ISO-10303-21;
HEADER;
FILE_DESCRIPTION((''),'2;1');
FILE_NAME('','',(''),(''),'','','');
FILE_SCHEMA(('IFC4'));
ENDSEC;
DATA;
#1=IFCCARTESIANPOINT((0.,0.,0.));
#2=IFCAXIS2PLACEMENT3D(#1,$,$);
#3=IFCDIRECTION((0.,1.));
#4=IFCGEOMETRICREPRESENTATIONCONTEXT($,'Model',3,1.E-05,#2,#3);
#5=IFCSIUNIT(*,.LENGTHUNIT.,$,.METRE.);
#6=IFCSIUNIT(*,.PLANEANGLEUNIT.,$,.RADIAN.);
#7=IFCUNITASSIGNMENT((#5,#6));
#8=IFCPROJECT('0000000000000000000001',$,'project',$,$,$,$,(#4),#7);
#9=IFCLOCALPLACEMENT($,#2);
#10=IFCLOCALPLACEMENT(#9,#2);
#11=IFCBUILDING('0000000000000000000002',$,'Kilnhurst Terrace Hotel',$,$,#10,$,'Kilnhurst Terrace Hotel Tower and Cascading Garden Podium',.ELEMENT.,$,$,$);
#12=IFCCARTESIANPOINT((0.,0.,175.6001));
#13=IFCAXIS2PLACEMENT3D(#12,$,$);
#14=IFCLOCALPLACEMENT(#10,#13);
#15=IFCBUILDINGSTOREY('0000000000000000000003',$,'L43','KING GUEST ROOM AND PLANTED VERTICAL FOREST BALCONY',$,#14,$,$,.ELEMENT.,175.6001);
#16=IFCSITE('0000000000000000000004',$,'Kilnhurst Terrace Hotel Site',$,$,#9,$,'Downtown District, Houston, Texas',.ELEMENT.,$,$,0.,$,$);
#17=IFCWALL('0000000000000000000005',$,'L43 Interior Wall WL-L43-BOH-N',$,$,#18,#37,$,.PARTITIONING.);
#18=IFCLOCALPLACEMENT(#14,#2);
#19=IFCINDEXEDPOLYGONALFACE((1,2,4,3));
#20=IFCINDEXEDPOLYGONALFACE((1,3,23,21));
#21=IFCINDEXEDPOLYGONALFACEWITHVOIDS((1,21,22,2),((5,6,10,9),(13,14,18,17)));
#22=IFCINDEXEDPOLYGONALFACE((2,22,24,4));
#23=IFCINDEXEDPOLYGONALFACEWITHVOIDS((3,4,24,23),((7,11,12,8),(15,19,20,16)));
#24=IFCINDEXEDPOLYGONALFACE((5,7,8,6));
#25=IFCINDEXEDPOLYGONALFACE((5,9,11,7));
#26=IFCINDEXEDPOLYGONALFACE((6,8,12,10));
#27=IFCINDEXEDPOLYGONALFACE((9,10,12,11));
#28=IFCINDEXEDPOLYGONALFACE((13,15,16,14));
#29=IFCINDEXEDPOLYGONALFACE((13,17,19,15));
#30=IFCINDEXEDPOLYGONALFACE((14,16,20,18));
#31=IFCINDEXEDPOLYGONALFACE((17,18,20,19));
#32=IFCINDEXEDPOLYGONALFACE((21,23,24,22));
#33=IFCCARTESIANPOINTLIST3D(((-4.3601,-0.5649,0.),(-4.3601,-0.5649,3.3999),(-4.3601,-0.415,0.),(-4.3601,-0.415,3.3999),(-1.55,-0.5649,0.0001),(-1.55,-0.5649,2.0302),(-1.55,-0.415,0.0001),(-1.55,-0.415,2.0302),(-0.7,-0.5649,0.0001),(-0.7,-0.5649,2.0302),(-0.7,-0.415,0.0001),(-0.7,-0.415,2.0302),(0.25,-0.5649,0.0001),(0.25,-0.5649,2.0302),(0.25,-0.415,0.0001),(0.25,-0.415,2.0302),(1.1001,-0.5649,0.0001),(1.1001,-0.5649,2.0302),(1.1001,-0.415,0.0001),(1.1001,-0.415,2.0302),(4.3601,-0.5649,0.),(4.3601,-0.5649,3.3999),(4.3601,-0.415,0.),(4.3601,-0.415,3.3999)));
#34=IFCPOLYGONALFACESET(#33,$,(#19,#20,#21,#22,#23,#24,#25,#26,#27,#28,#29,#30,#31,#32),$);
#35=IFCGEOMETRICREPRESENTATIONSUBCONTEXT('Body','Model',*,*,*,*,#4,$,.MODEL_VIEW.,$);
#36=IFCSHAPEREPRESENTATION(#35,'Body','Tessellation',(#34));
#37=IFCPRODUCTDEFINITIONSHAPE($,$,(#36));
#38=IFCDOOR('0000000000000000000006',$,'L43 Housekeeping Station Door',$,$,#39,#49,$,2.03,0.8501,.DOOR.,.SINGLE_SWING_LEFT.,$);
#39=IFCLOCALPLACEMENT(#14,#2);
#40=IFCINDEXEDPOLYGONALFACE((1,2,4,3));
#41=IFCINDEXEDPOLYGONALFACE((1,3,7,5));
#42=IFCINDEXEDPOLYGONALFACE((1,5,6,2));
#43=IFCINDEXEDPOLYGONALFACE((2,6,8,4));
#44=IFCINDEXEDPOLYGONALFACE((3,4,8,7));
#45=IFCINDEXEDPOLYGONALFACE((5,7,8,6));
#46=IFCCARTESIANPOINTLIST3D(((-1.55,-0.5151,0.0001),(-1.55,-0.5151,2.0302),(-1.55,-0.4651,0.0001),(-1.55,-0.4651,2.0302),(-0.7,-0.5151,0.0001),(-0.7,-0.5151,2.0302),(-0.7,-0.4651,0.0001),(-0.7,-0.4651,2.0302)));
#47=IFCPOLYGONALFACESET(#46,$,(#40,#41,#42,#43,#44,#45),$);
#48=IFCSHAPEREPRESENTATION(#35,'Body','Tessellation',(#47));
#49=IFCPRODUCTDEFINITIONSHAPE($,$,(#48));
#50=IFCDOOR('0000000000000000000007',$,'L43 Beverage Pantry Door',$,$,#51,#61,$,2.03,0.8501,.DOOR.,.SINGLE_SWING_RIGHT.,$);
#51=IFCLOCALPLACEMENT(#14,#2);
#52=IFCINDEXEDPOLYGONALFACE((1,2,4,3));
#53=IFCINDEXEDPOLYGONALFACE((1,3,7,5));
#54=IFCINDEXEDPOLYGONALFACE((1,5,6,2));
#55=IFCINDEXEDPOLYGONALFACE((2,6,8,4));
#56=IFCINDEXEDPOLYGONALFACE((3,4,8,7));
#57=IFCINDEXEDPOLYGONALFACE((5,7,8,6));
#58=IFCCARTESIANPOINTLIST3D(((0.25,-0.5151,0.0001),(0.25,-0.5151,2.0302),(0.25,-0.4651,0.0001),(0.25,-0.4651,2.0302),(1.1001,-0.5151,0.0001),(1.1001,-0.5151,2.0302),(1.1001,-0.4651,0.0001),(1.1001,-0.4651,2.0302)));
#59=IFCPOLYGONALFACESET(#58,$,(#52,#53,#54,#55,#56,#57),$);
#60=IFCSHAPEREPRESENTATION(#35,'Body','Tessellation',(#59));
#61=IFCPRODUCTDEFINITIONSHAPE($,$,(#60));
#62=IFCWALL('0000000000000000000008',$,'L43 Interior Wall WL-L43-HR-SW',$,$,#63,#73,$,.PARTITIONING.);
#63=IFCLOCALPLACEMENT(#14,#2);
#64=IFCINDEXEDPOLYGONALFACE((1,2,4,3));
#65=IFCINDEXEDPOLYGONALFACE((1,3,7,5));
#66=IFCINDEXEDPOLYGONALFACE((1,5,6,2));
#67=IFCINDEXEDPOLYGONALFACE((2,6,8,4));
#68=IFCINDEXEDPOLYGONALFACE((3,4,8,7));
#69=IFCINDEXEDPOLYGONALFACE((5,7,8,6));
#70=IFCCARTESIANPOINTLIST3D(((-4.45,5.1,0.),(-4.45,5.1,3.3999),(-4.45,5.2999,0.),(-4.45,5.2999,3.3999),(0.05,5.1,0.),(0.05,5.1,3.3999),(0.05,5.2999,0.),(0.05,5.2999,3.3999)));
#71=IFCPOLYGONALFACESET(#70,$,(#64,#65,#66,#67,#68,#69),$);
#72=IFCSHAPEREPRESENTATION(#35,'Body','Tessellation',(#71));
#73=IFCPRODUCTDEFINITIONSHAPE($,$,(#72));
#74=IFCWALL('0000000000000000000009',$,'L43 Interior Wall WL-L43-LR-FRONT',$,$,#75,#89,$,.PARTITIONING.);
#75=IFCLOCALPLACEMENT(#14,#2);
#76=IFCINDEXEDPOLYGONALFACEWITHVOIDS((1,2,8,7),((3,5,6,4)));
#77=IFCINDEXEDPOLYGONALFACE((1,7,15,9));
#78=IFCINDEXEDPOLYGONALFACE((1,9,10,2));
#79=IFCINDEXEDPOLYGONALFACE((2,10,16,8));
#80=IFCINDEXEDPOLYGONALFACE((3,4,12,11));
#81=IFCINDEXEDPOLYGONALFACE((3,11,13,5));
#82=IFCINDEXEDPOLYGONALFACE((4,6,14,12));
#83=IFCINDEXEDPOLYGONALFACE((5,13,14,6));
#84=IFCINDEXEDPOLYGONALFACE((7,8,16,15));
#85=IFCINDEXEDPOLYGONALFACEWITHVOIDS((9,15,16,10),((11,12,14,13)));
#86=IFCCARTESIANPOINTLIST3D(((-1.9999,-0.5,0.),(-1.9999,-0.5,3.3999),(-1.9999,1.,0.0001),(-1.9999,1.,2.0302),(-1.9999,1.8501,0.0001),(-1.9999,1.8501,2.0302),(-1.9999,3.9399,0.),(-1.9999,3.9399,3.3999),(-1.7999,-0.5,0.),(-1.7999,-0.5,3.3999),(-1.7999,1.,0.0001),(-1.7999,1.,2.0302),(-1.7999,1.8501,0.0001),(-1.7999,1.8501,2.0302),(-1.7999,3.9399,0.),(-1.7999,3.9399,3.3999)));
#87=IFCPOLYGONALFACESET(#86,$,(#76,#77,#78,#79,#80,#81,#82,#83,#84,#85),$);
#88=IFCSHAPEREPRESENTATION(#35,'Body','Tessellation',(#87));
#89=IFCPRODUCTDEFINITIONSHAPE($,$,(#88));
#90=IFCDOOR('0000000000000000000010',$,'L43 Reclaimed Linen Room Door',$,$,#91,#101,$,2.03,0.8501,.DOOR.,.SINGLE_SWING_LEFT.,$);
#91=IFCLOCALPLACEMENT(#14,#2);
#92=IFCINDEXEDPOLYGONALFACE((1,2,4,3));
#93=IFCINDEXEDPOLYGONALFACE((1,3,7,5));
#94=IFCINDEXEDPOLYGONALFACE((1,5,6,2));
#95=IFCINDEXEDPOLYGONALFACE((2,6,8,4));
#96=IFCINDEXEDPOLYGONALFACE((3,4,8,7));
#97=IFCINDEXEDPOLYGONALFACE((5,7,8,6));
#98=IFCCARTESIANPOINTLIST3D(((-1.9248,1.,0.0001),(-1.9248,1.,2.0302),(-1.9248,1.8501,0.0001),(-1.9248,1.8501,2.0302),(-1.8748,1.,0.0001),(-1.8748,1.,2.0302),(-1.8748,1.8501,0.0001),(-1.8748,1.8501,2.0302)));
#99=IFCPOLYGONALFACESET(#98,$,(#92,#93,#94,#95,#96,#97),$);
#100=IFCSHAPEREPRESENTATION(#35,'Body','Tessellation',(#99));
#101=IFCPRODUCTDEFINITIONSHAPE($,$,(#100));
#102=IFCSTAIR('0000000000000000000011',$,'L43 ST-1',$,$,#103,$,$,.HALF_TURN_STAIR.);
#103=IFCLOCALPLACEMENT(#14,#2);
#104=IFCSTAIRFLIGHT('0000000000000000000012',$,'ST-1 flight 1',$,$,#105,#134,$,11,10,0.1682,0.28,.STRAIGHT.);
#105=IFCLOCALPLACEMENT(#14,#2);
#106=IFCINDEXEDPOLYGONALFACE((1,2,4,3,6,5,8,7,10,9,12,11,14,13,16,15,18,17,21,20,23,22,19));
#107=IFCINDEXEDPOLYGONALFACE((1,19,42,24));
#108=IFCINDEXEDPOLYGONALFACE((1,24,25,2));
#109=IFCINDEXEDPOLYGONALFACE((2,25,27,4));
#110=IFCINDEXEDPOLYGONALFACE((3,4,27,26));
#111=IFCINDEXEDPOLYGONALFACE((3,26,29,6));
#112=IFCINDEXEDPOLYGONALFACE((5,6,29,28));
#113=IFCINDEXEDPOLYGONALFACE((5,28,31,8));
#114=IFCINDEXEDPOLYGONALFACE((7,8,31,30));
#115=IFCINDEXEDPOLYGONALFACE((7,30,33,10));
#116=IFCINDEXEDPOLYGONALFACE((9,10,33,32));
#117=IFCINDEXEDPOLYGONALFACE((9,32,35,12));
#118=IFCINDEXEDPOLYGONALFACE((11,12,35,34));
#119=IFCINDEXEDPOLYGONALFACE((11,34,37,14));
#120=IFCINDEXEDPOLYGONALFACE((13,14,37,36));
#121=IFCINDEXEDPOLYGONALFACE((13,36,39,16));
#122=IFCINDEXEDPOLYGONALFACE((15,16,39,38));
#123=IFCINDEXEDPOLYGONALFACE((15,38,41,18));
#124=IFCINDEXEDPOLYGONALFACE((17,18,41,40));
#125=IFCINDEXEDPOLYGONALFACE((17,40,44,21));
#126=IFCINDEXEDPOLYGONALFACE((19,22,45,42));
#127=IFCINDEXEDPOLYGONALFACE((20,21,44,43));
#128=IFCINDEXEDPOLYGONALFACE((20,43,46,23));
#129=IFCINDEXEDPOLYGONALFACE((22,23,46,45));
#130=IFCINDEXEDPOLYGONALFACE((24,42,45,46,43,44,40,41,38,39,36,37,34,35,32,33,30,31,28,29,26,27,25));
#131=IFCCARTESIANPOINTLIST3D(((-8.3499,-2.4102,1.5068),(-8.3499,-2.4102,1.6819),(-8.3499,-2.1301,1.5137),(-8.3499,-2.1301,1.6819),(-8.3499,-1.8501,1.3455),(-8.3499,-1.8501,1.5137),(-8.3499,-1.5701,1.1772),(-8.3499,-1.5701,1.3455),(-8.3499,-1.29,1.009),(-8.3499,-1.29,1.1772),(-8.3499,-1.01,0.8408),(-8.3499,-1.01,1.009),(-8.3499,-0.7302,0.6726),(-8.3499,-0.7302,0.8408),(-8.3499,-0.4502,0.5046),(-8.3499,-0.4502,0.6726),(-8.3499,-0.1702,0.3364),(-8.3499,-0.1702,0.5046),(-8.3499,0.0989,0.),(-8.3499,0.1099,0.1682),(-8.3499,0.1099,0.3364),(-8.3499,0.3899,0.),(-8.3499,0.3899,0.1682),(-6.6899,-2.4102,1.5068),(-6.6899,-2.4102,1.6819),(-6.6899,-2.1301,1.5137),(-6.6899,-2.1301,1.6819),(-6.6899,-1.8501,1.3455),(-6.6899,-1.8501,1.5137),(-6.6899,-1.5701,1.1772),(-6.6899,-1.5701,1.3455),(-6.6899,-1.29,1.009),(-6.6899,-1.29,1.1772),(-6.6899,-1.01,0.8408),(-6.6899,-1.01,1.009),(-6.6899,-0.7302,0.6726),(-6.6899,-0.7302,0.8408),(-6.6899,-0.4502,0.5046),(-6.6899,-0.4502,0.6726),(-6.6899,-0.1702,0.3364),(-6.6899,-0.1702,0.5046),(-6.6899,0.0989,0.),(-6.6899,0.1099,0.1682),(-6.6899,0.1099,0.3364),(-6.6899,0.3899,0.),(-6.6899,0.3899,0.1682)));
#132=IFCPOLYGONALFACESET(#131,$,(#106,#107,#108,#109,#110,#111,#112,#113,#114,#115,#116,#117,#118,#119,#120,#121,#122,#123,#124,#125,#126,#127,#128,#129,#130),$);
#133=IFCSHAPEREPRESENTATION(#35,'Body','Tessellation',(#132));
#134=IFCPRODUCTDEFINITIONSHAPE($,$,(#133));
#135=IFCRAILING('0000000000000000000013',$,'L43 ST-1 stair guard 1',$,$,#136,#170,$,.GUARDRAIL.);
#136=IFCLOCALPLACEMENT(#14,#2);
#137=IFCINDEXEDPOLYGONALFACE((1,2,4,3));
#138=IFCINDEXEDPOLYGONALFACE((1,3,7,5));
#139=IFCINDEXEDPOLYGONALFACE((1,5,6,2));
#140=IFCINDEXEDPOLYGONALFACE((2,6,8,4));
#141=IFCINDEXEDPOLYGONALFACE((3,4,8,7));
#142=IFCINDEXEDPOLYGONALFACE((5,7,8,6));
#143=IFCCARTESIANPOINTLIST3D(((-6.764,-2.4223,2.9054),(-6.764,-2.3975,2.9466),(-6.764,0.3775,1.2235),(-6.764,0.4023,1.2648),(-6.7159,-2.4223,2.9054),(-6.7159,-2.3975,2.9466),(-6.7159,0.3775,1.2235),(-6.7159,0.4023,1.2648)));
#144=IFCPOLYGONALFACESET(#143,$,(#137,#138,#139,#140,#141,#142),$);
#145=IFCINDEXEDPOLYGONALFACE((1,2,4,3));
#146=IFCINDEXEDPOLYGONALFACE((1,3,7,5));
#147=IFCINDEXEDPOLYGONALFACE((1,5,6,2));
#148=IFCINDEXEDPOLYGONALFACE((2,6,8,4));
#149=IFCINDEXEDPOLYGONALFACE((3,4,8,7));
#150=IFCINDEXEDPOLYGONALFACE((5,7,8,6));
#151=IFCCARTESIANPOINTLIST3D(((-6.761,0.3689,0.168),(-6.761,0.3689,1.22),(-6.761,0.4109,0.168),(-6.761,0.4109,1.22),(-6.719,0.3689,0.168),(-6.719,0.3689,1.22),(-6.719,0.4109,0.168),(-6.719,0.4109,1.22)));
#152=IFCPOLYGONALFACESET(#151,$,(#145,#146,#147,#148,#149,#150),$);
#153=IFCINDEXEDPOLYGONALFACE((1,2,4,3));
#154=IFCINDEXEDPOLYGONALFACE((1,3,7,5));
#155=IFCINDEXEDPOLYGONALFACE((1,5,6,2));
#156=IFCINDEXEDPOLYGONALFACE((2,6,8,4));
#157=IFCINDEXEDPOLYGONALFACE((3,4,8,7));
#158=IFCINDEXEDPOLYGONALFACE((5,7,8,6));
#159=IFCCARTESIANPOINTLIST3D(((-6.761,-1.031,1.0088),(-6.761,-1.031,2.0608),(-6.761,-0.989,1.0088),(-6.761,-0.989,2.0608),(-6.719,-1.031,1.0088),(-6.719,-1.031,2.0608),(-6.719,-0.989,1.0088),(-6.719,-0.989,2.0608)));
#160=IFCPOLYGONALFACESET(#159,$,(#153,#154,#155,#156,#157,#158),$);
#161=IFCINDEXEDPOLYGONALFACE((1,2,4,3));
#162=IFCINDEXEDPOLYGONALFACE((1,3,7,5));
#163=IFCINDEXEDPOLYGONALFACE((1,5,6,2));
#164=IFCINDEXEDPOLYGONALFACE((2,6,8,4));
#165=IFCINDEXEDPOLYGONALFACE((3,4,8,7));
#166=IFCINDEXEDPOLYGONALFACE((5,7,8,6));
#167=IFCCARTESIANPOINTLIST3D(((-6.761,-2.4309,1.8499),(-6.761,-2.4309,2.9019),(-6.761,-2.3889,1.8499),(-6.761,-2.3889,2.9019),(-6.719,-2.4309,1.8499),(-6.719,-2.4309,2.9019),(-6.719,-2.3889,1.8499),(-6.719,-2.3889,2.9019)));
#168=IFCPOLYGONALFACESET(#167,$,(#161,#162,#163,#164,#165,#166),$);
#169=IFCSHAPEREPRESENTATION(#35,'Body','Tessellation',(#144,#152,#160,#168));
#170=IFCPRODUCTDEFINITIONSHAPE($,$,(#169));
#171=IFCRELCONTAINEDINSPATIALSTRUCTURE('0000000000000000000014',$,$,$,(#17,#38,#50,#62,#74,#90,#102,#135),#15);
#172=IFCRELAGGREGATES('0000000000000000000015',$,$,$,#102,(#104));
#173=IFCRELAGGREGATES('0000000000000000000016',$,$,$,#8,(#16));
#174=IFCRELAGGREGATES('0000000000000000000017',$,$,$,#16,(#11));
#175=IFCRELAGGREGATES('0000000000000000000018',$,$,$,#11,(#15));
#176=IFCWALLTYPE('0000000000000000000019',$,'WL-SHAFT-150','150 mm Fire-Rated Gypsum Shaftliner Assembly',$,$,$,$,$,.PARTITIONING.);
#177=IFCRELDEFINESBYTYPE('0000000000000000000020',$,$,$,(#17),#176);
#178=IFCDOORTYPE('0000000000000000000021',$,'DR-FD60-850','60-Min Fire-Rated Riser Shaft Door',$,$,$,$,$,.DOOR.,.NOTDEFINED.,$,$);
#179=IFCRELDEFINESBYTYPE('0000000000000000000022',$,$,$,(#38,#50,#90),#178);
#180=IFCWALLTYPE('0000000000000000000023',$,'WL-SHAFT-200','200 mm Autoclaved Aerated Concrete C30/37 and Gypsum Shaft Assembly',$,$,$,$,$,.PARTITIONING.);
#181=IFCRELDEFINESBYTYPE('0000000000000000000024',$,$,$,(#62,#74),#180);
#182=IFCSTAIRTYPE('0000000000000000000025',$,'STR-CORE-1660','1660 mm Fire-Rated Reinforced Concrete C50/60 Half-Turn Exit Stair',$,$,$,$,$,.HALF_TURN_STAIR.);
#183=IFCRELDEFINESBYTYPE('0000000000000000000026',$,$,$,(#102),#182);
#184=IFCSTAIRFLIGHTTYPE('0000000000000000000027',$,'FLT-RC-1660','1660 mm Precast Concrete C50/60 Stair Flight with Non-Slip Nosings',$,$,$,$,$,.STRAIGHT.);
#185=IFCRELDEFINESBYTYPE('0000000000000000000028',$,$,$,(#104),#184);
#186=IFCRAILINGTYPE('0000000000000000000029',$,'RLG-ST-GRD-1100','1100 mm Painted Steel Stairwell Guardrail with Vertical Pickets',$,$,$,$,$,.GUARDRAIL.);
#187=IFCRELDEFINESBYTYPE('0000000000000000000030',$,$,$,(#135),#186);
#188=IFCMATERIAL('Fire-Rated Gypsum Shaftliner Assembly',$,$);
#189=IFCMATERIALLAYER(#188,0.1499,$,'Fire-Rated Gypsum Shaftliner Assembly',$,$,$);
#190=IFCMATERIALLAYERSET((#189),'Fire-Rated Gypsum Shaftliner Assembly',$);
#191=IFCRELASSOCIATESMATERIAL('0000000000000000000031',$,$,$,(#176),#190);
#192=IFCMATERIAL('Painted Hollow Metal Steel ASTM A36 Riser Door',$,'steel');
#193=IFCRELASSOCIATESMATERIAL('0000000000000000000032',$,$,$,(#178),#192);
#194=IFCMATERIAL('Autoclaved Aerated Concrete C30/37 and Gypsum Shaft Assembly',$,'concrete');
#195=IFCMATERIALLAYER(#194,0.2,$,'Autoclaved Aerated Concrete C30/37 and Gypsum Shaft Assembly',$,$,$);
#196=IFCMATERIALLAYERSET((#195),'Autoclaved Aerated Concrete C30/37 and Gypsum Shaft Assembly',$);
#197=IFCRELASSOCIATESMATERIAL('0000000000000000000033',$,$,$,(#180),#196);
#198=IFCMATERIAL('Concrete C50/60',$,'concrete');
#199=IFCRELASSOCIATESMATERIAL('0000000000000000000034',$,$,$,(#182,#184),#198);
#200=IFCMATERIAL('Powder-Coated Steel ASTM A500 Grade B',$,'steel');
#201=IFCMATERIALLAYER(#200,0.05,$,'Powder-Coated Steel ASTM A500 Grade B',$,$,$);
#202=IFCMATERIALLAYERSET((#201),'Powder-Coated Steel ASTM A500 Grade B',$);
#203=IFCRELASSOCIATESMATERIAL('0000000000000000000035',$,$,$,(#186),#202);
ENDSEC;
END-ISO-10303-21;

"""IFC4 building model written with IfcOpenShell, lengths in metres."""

from ifc_helpers import new_model, si_unit, direction, frame, frame_2d, origin, origin_2d, place, context, subcontext, project, spatial, polyline, rectangle, outline, extrude, material, layer, layer_set, type_object, element, fill, aggregate, save


model = new_model("IFC4")

# Units and contexts
model_context = context("Model", 3, precision=1e-05, world=origin(), true_north=direction((0.0, 1.0)))
body_context = subcontext(model_context, "Body", "Model", "MODEL_VIEW")
ifc_project = project(units=[si_unit("LENGTHUNIT", "METRE"), si_unit("PLANEANGLEUNIT", "RADIAN")], contexts=[model_context])

# Site, building, storey
site_placement = place(None, origin())
site = spatial("IfcSite", under=ifc_project, at=site_placement, Name="Kilnhurst Terrace Hotel Site", LongName="Downtown District, Houston, Texas", CompositionType="ELEMENT", RefElevation=0.0)
building_placement = place(site_placement, origin())
building = spatial("IfcBuilding", under=site, at=building_placement, Name="Kilnhurst Terrace Hotel", LongName="Kilnhurst Terrace Hotel Tower and Cascading Garden Podium", CompositionType="ELEMENT")
storey_placement = place(building_placement, frame((0.0, 0.0, 175.6001)))
storey = spatial("IfcBuildingStorey", under=building, at=storey_placement, Name="L43", Description="KING GUEST ROOM AND PLANTED VERTICAL FOREST BALCONY", CompositionType="ELEMENT", Elevation=175.6001)

# Shared definitions
ifc_material_1 = material(Name="Concrete C50/60", Category="concrete")

# Shared definitions
ifc_material_2 = material(Name="Fire-Rated Gypsum Shaftliner Assembly")
ifc_layer_1 = layer(ifc_material_2, 0.1499, Name="Fire-Rated Gypsum Shaftliner Assembly")
ifc_layer_set_1 = layer_set([ifc_layer_1], Name="Fire-Rated Gypsum Shaftliner Assembly")
wall_type_1 = type_object("IfcWallType", Name="WL-SHAFT-150", Description="150 mm Fire-Rated Gypsum Shaftliner Assembly", PredefinedType="PARTITIONING", material=ifc_layer_set_1)

# Wall, openings, doors
wall_1_placement = place(storey_placement, frame((-4.3601, -0.49, 0.0), z_axis=(0.0, 0.0, 1.0), x_axis=(1.0, 0.0, 0.0)))
wall_1 = element("IfcWall", 1, at=wall_1_placement, inside=storey, type_object=wall_type_1, Name="L43 Interior Wall WL-L43-BOH-N", PredefinedType="PARTITIONING", context=body_context, shape_type="SweptSolid", body=[
    extrude(rectangle(XDim=8.7202, YDim=0.1499, at=frame_2d((4.3601, 0.0))), origin(), (0.0, 0.0, 1.0), 3.3999),
])
opening_1_placement = place(wall_1_placement, frame((2.8101, 0.0, 0.0)))
opening_1 = element("IfcOpeningElement", 2, at=opening_1_placement, cuts=wall_1, PredefinedType="OPENING", context=body_context, shape_type="SweptSolid", body=[
    extrude(rectangle(XDim=0.8501, YDim=2.03, at=frame_2d((0.425, 1.0151))), frame((0.0, 0.085, 0.0), z_axis=(0.0, -1.0, 0.0), x_axis=(1.0, 0.0, 0.0)), (0.0, 0.0, 1.0), 0.1699),
])
opening_2_placement = place(wall_1_placement, frame((4.6101, 0.0, 0.0)))
opening_2 = element("IfcOpeningElement", 3, at=opening_2_placement, cuts=wall_1, PredefinedType="OPENING", context=body_context, shape_type="SweptSolid", body=[
    extrude(rectangle(XDim=0.8501, YDim=2.03, at=frame_2d((0.425, 1.0151))), frame((0.0, 0.085, 0.0), z_axis=(0.0, -1.0, 0.0), x_axis=(1.0, 0.0, 0.0)), (0.0, 0.0, 1.0), 0.1699),
])
ifc_material_3 = material(Name="Painted Hollow Metal Steel ASTM A36 Riser Door", Category="steel")
door_type_1 = type_object("IfcDoorType", Name="DR-FD60-850", Description="60-Min Fire-Rated Riser Shaft Door", OperationType="NOTDEFINED", PredefinedType="DOOR", material=ifc_material_3)
door_1_placement = place(opening_1_placement, origin())
door_1 = element("IfcDoor", 4, at=door_1_placement, inside=storey, type_object=door_type_1, Name="L43 Housekeeping Station Door", OperationType="SINGLE_SWING_LEFT", OverallHeight=2.03, OverallWidth=0.8501, PredefinedType="DOOR", context=body_context, shape_type="SweptSolid", body=[
    extrude(rectangle(XDim=0.8501, YDim=2.03, at=frame_2d((0.425, 1.0151))), frame((0.0, 0.0249, 0.0), z_axis=(0.0, -1.0, 0.0), x_axis=(1.0, 0.0, 0.0)), (0.0, 0.0, 1.0), 0.05),
])
fill(opening_1, door_1)
door_2_placement = place(opening_2_placement, origin())
door_2 = element("IfcDoor", 5, at=door_2_placement, inside=storey, type_object=door_type_1, Name="L43 Beverage Pantry Door", OperationType="SINGLE_SWING_RIGHT", OverallHeight=2.03, OverallWidth=0.8501, PredefinedType="DOOR", context=body_context, shape_type="SweptSolid", body=[
    extrude(rectangle(XDim=0.8501, YDim=2.03, at=frame_2d((0.425, 1.0151))), frame((0.0, 0.0249, 0.0), z_axis=(0.0, -1.0, 0.0), x_axis=(1.0, 0.0, 0.0)), (0.0, 0.0, 1.0), 0.05),
])
fill(opening_2, door_2)

# Wall
ifc_material_4 = material(Name="Autoclaved Aerated Concrete C30/37 and Gypsum Shaft Assembly", Category="concrete")
ifc_layer_2 = layer(ifc_material_4, 0.2, Name="Autoclaved Aerated Concrete C30/37 and Gypsum Shaft Assembly")
ifc_layer_set_2 = layer_set([ifc_layer_2], Name="Autoclaved Aerated Concrete C30/37 and Gypsum Shaft Assembly")
wall_type_2 = type_object("IfcWallType", Name="WL-SHAFT-200", Description="200 mm Autoclaved Aerated Concrete C30/37 and Gypsum Shaft Assembly", PredefinedType="PARTITIONING", material=ifc_layer_set_2)
wall_2_placement = place(storey_placement, frame((-4.45, 5.2, 0.0), z_axis=(0.0, 0.0, 1.0), x_axis=(1.0, 0.0, 0.0)))
element("IfcWall", 6, at=wall_2_placement, inside=storey, type_object=wall_type_2, Name="L43 Interior Wall WL-L43-HR-SW", PredefinedType="PARTITIONING", context=body_context, shape_type="SweptSolid", body=[
    extrude(rectangle(XDim=4.5, YDim=0.2, at=frame_2d((2.25, 0.0))), origin(), (0.0, 0.0, 1.0), 3.3999),
])

# Wall, opening, door
wall_3_placement = place(storey_placement, frame((-1.8999, -0.5, 0.0), z_axis=(0.0, 0.0, 1.0), x_axis=(0.0, 1.0, 0.0)))
wall_3 = element("IfcWall", 7, at=wall_3_placement, inside=storey, type_object=wall_type_2, Name="L43 Interior Wall WL-L43-LR-FRONT", PredefinedType="PARTITIONING", context=body_context, shape_type="SweptSolid", body=[
    extrude(rectangle(XDim=4.4399, YDim=0.2, at=frame_2d((2.22, 0.0))), origin(), (0.0, 0.0, 1.0), 3.3999),
])
opening_3_placement = place(wall_3_placement, frame((1.5, 0.0, 0.0)))
opening_3 = element("IfcOpeningElement", 8, at=opening_3_placement, cuts=wall_3, PredefinedType="OPENING", context=body_context, shape_type="SweptSolid", body=[
    extrude(rectangle(XDim=0.8501, YDim=2.03, at=frame_2d((0.425, 1.0151))), frame((0.0, 0.1099, 0.0), z_axis=(0.0, -1.0, 0.0), x_axis=(1.0, 0.0, 0.0)), (0.0, 0.0, 1.0), 0.22),
])
door_3_placement = place(opening_3_placement, origin())
door_3 = element("IfcDoor", 9, at=door_3_placement, inside=storey, type_object=door_type_1, Name="L43 Reclaimed Linen Room Door", OperationType="SINGLE_SWING_LEFT", OverallHeight=2.03, OverallWidth=0.8501, PredefinedType="DOOR", context=body_context, shape_type="SweptSolid", body=[
    extrude(rectangle(XDim=0.8501, YDim=2.03, at=frame_2d((0.425, 1.0151))), frame((0.0, 0.0249, 0.0), z_axis=(0.0, -1.0, 0.0), x_axis=(1.0, 0.0, 0.0)), (0.0, 0.0, 1.0), 0.05),
])
fill(opening_3, door_3)

# Stair, stair flight
stair_type = type_object("IfcStairType", Name="STR-CORE-1660", Description="1660 mm Fire-Rated Reinforced Concrete C50/60 Half-Turn Exit Stair", PredefinedType="HALF_TURN_STAIR", material=ifc_material_1)
stair_placement = place(storey_placement, origin())
stair = element("IfcStair", 10, at=stair_placement, inside=storey, type_object=stair_type, Name="L43 ST-1", PredefinedType="HALF_TURN_STAIR")
stair_flight_type = type_object("IfcStairFlightType", Name="FLT-RC-1660", Description="1660 mm Precast Concrete C50/60 Stair Flight with Non-Slip Nosings", PredefinedType="STRAIGHT", material=ifc_material_1)
stair_flight_placement = place(storey_placement, frame((-7.52, 0.3899, 0.0), z_axis=(0.0, 0.0, 1.0), x_axis=(0.0, -1.0, 0.0)))
stair_flight = element("IfcStairFlight", 11, at=stair_flight_placement, type_object=stair_flight_type, Name="ST-1 flight 1", NumberOfRisers=11, NumberOfTreads=10, PredefinedType="STRAIGHT", RiserHeight=0.1682, TreadLength=0.28, context=body_context, shape_type="SweptSolid", body=[
    extrude(outline(polyline([(0.0, 0.0), (0.0, 0.1682), (0.28, 0.1682), (0.28, 0.3364), (0.5601, 0.3364), (0.5601, 0.5046), (0.8401, 0.5046), (0.8401, 0.6726), (1.1201, 0.6726), (1.1201, 0.8408), (1.3999, 0.8408), (1.3999, 1.009), (1.6799, 1.009), (1.6799, 1.1772), (1.96, 1.1772), (1.96, 1.3455), (2.24, 1.3455), (2.24, 1.5137), (2.52, 1.5137), (2.52, 1.6819), (2.8, 1.6819), (2.8, 1.8501), (2.8, 1.5068), (0.291, 0.0), (0.0, 0.0)])), frame((0.0, 0.8301, 0.0), z_axis=(0.0, -1.0, 0.0), x_axis=(1.0, 0.0, 0.0)), (0.0, 0.0, 1.0), 1.6599),
])
aggregate(stair, [stair_flight])

# Railing
ifc_material_5 = material(Name="Powder-Coated Steel ASTM A500 Grade B", Category="steel")
ifc_layer_3 = layer(ifc_material_5, 0.05, Name="Powder-Coated Steel ASTM A500 Grade B")
ifc_layer_set_3 = layer_set([ifc_layer_3], Name="Powder-Coated Steel ASTM A500 Grade B")
railing_type_1 = type_object("IfcRailingType", Name="RLG-ST-GRD-1100", Description="1100 mm Painted Steel Stairwell Guardrail with Vertical Pickets", PredefinedType="GUARDRAIL", material=ifc_layer_set_3)
railing_1_placement = place(storey_placement, frame((-6.74, 0.3899, 0.168)))
element("IfcRailing", 12, at=railing_1_placement, inside=storey, type_object=railing_type_1, Name="L43 ST-1 stair guard 1", PredefinedType="GUARDRAIL", context=body_context, shape_type="SweptSolid", body=[
    extrude(rectangle(XDim=0.0481, YDim=0.0481, at=origin_2d()), frame((0.0, 0.0, 1.0762), z_axis=(0.0, -0.857222, 0.514946), x_axis=(1.0, 0.0, 0.0)), (0.0, 0.0, 1.0), 3.2661),
    extrude(rectangle(XDim=0.042, YDim=0.042, at=origin_2d()), origin(), (0.0, 0.0, 1.0), 1.052),
    extrude(rectangle(XDim=0.042, YDim=0.042, at=origin_2d()), frame((0.0, -1.3999, 0.8408)), (0.0, 0.0, 1.0), 1.052),
    extrude(rectangle(XDim=0.042, YDim=0.042, at=origin_2d()), frame((0.0, -2.7998, 1.6819)), (0.0, 0.0, 1.0), 1.052),
])

save(model, "model.ifc")
